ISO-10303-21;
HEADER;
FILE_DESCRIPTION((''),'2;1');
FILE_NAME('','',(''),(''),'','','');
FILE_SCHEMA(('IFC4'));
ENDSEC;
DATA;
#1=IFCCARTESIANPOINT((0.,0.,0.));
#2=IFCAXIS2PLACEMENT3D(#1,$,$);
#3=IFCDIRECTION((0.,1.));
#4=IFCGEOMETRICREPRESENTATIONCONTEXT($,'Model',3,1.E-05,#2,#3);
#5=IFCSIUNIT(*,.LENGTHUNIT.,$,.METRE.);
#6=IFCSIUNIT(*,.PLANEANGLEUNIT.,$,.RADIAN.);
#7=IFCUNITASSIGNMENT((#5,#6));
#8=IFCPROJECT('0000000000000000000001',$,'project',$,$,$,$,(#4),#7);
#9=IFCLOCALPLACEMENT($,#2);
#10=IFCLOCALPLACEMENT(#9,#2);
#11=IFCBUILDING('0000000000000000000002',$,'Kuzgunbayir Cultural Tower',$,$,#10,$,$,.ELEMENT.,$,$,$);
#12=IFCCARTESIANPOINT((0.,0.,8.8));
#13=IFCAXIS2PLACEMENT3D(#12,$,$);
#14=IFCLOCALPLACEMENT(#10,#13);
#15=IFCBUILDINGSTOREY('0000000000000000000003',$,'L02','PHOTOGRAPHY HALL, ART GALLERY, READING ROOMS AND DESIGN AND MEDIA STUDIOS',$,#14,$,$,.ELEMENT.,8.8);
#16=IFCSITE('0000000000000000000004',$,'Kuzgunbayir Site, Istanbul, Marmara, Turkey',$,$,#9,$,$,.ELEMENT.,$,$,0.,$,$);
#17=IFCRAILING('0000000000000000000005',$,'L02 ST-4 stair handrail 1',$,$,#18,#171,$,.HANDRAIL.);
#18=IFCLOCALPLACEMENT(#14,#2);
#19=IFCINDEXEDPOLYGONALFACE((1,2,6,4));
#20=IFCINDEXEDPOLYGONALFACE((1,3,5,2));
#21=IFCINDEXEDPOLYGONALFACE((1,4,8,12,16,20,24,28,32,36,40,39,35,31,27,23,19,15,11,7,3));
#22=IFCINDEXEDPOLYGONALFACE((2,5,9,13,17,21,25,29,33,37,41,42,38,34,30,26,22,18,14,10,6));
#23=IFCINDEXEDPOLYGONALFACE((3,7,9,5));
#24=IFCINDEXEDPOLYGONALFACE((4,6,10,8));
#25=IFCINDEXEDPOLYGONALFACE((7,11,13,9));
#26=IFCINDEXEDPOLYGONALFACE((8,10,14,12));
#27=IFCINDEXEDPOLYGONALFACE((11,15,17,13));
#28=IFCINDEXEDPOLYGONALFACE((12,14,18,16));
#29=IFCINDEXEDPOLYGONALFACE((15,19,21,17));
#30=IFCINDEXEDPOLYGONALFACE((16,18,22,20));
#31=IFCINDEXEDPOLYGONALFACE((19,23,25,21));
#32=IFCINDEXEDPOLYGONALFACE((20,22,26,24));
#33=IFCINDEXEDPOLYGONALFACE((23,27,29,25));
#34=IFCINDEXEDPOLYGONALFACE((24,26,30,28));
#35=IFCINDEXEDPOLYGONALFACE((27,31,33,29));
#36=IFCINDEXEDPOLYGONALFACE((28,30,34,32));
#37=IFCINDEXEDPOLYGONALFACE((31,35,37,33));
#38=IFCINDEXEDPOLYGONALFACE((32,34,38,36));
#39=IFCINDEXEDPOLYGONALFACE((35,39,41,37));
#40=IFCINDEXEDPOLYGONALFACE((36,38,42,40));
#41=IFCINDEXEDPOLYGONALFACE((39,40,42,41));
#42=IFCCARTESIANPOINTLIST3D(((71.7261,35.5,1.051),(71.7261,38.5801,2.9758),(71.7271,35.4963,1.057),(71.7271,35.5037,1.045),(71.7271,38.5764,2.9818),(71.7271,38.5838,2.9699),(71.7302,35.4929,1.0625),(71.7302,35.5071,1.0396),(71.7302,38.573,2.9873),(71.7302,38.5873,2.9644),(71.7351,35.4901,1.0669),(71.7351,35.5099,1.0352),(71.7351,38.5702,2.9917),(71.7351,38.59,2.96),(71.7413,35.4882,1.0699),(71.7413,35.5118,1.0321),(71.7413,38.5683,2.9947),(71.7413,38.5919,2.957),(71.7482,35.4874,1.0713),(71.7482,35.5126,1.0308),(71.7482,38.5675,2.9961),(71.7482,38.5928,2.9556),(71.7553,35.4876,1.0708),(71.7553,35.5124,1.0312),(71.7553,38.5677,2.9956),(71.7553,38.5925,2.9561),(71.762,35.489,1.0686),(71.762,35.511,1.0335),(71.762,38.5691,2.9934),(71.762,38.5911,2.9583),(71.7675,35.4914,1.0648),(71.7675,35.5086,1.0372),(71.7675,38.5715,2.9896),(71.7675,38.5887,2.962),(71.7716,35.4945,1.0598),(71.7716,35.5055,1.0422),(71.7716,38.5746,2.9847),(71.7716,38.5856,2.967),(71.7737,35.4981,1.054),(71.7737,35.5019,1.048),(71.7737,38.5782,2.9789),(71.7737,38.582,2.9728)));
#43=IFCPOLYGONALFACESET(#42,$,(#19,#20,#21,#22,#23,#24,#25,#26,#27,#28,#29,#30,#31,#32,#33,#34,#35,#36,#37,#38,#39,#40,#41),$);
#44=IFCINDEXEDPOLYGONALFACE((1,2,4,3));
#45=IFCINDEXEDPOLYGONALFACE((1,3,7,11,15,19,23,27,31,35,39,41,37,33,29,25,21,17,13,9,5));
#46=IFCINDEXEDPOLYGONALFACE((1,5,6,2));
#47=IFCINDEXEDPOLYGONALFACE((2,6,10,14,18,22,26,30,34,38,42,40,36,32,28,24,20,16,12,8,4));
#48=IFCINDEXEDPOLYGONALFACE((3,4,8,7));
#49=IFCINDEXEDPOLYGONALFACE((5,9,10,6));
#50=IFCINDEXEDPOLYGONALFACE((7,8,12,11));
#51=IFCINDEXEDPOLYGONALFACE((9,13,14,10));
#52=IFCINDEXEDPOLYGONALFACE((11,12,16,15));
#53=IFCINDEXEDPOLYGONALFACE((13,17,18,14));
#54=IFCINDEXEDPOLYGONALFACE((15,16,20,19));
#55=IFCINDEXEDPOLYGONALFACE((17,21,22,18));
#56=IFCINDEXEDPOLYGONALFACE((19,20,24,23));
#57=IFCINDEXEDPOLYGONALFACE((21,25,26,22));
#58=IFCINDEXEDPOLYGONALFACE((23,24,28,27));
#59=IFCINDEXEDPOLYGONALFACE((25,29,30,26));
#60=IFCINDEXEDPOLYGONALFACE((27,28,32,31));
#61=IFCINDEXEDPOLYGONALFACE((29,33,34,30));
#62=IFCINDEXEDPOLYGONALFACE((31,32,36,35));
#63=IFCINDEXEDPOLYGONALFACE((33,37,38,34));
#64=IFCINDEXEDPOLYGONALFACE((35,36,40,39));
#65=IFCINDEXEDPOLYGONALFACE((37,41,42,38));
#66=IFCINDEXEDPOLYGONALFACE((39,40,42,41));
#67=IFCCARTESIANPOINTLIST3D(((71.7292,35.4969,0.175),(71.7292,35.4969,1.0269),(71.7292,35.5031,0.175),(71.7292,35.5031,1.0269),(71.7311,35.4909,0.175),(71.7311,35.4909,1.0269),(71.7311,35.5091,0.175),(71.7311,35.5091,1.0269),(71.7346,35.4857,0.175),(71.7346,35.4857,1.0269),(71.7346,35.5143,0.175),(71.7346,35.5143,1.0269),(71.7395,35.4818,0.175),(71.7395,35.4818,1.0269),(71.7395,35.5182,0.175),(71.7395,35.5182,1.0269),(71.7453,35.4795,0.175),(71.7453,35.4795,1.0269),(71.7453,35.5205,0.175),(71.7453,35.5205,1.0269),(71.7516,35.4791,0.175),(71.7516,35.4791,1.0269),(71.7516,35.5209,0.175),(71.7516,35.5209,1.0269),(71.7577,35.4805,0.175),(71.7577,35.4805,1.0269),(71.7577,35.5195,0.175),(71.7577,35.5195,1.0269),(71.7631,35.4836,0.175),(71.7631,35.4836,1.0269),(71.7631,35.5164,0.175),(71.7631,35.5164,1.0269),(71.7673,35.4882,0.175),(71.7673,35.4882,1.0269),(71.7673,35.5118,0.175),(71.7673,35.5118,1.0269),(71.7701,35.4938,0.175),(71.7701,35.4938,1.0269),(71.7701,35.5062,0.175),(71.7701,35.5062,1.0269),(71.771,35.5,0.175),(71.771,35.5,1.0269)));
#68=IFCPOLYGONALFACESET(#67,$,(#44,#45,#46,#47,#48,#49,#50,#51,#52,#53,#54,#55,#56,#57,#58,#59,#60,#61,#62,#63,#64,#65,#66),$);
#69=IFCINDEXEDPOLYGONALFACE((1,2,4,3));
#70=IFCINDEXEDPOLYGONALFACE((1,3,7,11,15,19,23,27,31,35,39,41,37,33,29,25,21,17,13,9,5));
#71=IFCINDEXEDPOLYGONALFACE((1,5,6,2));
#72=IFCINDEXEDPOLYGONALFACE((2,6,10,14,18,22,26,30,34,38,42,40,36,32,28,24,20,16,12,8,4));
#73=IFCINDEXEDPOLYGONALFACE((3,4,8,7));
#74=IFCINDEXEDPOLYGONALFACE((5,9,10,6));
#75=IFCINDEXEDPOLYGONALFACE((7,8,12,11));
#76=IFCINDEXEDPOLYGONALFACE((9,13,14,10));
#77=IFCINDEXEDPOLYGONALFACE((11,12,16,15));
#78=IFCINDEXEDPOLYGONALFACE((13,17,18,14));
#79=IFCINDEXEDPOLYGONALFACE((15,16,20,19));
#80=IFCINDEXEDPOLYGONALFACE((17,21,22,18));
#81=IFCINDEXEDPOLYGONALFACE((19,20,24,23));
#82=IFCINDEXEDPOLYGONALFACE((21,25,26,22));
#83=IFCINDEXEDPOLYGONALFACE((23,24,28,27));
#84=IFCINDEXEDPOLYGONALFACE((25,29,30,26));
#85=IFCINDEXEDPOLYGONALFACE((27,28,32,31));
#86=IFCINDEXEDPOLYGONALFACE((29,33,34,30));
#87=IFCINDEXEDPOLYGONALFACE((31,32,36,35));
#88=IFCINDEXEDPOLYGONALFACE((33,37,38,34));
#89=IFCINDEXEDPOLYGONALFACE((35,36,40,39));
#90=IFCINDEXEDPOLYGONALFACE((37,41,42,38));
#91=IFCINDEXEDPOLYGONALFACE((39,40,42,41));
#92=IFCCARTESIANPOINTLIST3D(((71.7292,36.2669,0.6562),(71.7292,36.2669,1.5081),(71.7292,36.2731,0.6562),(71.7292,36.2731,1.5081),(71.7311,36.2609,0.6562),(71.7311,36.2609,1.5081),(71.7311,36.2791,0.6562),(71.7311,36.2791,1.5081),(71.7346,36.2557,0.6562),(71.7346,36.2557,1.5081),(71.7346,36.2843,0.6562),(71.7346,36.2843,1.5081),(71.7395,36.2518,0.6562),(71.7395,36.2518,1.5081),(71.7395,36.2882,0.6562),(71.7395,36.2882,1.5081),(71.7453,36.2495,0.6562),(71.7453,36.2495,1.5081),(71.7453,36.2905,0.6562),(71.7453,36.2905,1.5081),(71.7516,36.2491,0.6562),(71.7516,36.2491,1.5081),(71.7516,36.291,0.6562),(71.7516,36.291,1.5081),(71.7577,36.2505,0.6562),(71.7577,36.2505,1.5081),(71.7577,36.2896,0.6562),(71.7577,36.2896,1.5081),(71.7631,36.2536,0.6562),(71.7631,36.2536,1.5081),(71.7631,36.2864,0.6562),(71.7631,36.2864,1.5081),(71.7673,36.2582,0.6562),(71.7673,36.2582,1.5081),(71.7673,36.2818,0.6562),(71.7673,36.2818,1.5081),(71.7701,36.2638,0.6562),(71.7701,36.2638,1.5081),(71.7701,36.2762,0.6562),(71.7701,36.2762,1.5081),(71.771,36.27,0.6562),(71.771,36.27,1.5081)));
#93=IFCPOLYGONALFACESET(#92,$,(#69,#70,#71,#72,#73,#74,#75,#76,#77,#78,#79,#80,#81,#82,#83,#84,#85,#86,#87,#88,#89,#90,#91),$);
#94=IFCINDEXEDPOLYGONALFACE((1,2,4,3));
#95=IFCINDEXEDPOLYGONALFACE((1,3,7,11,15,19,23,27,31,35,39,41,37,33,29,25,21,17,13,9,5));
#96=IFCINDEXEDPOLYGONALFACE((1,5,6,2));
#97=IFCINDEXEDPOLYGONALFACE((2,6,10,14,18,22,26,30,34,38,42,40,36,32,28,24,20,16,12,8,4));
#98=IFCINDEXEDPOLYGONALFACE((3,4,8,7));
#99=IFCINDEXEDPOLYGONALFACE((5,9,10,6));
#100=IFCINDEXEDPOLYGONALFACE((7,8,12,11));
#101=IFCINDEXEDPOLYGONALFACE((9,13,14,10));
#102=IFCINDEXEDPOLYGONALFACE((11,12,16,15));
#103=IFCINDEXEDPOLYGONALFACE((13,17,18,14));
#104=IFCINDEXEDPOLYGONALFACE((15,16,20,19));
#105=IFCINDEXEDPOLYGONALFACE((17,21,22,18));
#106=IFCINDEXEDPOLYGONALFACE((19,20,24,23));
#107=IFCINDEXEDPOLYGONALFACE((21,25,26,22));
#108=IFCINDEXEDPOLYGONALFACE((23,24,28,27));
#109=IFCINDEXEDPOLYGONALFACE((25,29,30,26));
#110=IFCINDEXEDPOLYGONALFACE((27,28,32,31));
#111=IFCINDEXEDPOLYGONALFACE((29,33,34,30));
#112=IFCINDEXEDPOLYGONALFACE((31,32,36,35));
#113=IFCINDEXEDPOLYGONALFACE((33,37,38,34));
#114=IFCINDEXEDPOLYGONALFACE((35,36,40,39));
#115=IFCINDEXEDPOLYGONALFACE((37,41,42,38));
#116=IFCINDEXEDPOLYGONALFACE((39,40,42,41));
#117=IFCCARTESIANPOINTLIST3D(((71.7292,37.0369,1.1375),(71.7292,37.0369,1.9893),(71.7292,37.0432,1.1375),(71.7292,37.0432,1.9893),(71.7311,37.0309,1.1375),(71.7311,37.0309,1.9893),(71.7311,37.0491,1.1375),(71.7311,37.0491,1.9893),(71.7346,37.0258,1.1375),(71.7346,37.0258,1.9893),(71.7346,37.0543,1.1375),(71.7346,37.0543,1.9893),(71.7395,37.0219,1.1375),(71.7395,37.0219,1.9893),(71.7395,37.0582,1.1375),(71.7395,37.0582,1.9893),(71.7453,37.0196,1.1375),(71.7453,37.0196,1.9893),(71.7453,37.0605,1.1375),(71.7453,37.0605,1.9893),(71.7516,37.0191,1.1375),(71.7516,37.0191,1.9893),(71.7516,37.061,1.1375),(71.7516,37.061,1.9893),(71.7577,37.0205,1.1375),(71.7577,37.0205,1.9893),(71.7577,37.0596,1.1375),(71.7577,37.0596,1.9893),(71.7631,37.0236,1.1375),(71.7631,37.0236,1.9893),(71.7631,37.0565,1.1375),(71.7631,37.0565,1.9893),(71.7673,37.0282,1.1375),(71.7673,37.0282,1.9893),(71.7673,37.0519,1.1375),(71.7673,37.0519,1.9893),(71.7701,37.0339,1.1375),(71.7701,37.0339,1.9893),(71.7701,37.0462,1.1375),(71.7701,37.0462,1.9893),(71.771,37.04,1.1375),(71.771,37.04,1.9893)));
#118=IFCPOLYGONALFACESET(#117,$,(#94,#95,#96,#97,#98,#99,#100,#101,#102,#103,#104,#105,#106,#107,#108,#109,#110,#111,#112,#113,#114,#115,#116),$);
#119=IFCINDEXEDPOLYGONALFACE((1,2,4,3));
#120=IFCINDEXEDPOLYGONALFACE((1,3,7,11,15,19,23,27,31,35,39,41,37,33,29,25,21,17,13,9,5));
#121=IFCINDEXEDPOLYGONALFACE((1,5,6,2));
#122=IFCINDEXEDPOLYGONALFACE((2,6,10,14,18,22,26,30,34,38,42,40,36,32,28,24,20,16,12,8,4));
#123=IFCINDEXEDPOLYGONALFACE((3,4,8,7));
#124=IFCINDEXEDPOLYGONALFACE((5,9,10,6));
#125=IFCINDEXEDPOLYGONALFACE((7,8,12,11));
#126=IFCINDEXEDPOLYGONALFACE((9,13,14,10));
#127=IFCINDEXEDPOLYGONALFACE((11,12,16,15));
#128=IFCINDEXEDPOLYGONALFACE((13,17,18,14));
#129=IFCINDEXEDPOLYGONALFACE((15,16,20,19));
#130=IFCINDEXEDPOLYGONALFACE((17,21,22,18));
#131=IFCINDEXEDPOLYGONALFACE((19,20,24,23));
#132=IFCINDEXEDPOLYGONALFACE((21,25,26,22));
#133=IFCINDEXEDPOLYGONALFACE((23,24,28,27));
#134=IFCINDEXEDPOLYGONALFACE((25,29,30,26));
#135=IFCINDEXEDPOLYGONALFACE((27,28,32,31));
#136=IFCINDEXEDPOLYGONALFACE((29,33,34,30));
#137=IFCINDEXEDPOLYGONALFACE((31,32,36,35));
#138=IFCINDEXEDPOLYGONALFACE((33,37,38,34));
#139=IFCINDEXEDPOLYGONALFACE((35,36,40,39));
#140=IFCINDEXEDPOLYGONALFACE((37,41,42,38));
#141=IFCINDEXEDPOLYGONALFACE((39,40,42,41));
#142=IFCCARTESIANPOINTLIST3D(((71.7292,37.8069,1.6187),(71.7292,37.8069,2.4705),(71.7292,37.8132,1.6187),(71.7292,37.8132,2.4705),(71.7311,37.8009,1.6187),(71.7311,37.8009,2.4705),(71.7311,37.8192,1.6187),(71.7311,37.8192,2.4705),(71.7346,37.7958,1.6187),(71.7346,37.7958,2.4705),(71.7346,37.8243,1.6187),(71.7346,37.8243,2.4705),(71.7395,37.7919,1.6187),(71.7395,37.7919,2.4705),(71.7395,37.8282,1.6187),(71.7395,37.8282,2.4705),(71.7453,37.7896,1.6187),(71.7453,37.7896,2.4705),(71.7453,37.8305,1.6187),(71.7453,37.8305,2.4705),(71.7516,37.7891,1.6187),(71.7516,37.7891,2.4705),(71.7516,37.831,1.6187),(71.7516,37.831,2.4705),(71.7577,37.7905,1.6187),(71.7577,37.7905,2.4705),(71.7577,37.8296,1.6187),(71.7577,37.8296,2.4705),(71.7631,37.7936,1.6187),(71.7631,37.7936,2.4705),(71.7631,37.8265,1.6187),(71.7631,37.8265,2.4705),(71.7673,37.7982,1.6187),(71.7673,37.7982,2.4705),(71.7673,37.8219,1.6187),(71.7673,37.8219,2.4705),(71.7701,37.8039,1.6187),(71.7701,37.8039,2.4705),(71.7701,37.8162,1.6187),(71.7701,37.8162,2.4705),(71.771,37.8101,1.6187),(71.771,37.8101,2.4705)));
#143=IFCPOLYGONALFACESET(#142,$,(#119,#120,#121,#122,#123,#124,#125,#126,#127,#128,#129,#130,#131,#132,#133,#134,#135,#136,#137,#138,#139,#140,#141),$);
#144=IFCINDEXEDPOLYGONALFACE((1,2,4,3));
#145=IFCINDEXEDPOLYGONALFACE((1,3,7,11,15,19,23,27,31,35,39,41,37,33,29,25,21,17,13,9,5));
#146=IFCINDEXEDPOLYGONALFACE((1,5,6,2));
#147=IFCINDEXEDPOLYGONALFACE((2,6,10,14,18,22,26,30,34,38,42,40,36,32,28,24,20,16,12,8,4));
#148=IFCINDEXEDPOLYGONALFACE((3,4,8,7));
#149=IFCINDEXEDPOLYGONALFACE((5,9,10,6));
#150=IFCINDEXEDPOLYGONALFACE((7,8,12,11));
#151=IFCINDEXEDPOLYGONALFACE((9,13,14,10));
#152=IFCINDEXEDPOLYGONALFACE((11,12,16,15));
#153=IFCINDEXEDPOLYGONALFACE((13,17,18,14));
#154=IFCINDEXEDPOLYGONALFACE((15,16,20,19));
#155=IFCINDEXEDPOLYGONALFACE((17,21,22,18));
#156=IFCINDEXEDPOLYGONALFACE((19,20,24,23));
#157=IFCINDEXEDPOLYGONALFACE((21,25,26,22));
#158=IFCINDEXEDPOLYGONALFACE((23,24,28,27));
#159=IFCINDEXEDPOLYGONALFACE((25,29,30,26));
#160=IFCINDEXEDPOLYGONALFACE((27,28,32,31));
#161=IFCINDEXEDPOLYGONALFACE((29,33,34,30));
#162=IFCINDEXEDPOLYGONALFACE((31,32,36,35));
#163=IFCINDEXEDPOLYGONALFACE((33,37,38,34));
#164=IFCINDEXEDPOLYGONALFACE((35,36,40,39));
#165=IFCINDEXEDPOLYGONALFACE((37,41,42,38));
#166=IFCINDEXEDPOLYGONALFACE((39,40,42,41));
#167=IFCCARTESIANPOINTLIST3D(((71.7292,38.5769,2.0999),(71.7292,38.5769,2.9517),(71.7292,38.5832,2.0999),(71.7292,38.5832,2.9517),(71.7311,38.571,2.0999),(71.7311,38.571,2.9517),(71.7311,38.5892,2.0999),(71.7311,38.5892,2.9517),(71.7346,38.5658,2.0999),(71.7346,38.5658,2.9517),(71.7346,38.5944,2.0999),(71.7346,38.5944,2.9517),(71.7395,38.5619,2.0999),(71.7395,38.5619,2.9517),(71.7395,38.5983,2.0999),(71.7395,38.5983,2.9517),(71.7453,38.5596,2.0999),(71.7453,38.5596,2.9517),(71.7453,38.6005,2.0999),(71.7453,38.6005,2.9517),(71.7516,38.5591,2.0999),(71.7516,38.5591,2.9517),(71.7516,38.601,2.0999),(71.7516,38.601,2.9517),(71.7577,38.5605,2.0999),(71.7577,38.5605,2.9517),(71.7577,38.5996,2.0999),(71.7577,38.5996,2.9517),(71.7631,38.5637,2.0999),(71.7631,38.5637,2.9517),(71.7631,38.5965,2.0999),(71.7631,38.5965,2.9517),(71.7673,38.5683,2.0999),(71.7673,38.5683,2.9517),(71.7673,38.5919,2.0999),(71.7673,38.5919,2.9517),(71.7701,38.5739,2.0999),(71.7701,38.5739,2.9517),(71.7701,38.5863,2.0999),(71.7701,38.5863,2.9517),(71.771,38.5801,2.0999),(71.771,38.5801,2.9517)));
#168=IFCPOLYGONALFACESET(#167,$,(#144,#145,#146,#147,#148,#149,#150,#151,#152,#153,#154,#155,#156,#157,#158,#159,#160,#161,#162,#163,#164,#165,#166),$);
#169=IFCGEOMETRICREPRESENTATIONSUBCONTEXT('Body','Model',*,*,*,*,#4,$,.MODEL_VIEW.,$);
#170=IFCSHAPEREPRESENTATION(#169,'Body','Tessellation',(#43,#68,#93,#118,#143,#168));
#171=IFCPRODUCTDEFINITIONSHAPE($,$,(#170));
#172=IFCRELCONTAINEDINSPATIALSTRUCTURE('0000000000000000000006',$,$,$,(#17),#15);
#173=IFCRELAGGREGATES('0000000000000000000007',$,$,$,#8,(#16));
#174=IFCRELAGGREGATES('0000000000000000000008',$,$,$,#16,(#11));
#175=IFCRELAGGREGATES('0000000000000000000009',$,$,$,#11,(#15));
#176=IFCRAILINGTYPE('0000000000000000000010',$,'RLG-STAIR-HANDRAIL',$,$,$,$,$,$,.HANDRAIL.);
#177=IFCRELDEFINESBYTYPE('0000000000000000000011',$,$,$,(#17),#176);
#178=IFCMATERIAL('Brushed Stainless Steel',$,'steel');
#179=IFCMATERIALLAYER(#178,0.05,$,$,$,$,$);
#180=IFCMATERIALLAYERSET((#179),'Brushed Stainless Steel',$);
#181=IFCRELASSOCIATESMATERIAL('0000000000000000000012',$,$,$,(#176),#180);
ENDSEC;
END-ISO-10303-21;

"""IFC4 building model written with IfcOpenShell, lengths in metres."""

from ifc_helpers import new_model, si_unit, direction, frame, origin, origin_2d, place, context, subcontext, project, spatial, circle, extrude, material, layer, layer_set, type_object, element, save


model = new_model("IFC4")

# Units and contexts
model_context = context("Model", 3, precision=1e-05, world=origin(), true_north=direction((0.0, 1.0)))
body_context = subcontext(model_context, "Body", "Model", "MODEL_VIEW")
ifc_project = project(units=[si_unit("LENGTHUNIT", "METRE"), si_unit("PLANEANGLEUNIT", "RADIAN")], contexts=[model_context])

# Site, building, storey
site_placement = place(None, origin())
site = spatial("IfcSite", under=ifc_project, at=site_placement, Name="Kuzgunbayir Site, Istanbul, Marmara, Turkey", CompositionType="ELEMENT", RefElevation=0.0)
building_placement = place(site_placement, origin())
building = spatial("IfcBuilding", under=site, at=building_placement, Name="Kuzgunbayir Cultural Tower", CompositionType="ELEMENT")
storey_placement = place(building_placement, frame((0.0, 0.0, 8.8)))
storey = spatial("IfcBuildingStorey", under=building, at=storey_placement, Name="L02", Description="PHOTOGRAPHY HALL, ART GALLERY, READING ROOMS AND DESIGN AND MEDIA STUDIOS", CompositionType="ELEMENT", Elevation=8.8)

# Railing
ifc_material_1 = material(Name="Brushed Stainless Steel", Category="steel")
ifc_layer_1 = layer(ifc_material_1, 0.05)
ifc_layer_set_1 = layer_set([ifc_layer_1], Name="Brushed Stainless Steel")
railing_type_1 = type_object("IfcRailingType", Name="RLG-STAIR-HANDRAIL", PredefinedType="HANDRAIL", material=ifc_layer_set_1)
railing_1_placement = place(storey_placement, frame((71.75, 35.5, 0.175)))
element("IfcRailing", 1, at=railing_1_placement, inside=storey, type_object=railing_type_1, Name="L02 ST-4 stair handrail 1", PredefinedType="HANDRAIL", context=body_context, shape_type="SweptSolid", body=[
    extrude(circle(Radius=0.0239, at=origin_2d()), frame((0.0, 0.0, 0.876), z_axis=(0.0, 0.848029, 0.529951), x_axis=(-1.0, 0.0, 0.0)), (0.0, 0.0, 1.0), 3.6321),
    extrude(circle(Radius=0.021, at=origin_2d()), origin(), (0.0, 0.0, 1.0), 0.8518),
    extrude(circle(Radius=0.021, at=origin_2d()), frame((0.0, 0.77, 0.4812)), (0.0, 0.0, 1.0), 0.8518),
    extrude(circle(Radius=0.021, at=origin_2d()), frame((0.0, 1.54, 0.9624)), (0.0, 0.0, 1.0), 0.8518),
    extrude(circle(Radius=0.021, at=origin_2d()), frame((0.0, 2.3101, 1.4436)), (0.0, 0.0, 1.0), 0.8518),
    extrude(circle(Radius=0.021, at=origin_2d()), frame((0.0, 3.0801, 1.9248)), (0.0, 0.0, 1.0), 0.8518),
])

save(model, "model.ifc")
